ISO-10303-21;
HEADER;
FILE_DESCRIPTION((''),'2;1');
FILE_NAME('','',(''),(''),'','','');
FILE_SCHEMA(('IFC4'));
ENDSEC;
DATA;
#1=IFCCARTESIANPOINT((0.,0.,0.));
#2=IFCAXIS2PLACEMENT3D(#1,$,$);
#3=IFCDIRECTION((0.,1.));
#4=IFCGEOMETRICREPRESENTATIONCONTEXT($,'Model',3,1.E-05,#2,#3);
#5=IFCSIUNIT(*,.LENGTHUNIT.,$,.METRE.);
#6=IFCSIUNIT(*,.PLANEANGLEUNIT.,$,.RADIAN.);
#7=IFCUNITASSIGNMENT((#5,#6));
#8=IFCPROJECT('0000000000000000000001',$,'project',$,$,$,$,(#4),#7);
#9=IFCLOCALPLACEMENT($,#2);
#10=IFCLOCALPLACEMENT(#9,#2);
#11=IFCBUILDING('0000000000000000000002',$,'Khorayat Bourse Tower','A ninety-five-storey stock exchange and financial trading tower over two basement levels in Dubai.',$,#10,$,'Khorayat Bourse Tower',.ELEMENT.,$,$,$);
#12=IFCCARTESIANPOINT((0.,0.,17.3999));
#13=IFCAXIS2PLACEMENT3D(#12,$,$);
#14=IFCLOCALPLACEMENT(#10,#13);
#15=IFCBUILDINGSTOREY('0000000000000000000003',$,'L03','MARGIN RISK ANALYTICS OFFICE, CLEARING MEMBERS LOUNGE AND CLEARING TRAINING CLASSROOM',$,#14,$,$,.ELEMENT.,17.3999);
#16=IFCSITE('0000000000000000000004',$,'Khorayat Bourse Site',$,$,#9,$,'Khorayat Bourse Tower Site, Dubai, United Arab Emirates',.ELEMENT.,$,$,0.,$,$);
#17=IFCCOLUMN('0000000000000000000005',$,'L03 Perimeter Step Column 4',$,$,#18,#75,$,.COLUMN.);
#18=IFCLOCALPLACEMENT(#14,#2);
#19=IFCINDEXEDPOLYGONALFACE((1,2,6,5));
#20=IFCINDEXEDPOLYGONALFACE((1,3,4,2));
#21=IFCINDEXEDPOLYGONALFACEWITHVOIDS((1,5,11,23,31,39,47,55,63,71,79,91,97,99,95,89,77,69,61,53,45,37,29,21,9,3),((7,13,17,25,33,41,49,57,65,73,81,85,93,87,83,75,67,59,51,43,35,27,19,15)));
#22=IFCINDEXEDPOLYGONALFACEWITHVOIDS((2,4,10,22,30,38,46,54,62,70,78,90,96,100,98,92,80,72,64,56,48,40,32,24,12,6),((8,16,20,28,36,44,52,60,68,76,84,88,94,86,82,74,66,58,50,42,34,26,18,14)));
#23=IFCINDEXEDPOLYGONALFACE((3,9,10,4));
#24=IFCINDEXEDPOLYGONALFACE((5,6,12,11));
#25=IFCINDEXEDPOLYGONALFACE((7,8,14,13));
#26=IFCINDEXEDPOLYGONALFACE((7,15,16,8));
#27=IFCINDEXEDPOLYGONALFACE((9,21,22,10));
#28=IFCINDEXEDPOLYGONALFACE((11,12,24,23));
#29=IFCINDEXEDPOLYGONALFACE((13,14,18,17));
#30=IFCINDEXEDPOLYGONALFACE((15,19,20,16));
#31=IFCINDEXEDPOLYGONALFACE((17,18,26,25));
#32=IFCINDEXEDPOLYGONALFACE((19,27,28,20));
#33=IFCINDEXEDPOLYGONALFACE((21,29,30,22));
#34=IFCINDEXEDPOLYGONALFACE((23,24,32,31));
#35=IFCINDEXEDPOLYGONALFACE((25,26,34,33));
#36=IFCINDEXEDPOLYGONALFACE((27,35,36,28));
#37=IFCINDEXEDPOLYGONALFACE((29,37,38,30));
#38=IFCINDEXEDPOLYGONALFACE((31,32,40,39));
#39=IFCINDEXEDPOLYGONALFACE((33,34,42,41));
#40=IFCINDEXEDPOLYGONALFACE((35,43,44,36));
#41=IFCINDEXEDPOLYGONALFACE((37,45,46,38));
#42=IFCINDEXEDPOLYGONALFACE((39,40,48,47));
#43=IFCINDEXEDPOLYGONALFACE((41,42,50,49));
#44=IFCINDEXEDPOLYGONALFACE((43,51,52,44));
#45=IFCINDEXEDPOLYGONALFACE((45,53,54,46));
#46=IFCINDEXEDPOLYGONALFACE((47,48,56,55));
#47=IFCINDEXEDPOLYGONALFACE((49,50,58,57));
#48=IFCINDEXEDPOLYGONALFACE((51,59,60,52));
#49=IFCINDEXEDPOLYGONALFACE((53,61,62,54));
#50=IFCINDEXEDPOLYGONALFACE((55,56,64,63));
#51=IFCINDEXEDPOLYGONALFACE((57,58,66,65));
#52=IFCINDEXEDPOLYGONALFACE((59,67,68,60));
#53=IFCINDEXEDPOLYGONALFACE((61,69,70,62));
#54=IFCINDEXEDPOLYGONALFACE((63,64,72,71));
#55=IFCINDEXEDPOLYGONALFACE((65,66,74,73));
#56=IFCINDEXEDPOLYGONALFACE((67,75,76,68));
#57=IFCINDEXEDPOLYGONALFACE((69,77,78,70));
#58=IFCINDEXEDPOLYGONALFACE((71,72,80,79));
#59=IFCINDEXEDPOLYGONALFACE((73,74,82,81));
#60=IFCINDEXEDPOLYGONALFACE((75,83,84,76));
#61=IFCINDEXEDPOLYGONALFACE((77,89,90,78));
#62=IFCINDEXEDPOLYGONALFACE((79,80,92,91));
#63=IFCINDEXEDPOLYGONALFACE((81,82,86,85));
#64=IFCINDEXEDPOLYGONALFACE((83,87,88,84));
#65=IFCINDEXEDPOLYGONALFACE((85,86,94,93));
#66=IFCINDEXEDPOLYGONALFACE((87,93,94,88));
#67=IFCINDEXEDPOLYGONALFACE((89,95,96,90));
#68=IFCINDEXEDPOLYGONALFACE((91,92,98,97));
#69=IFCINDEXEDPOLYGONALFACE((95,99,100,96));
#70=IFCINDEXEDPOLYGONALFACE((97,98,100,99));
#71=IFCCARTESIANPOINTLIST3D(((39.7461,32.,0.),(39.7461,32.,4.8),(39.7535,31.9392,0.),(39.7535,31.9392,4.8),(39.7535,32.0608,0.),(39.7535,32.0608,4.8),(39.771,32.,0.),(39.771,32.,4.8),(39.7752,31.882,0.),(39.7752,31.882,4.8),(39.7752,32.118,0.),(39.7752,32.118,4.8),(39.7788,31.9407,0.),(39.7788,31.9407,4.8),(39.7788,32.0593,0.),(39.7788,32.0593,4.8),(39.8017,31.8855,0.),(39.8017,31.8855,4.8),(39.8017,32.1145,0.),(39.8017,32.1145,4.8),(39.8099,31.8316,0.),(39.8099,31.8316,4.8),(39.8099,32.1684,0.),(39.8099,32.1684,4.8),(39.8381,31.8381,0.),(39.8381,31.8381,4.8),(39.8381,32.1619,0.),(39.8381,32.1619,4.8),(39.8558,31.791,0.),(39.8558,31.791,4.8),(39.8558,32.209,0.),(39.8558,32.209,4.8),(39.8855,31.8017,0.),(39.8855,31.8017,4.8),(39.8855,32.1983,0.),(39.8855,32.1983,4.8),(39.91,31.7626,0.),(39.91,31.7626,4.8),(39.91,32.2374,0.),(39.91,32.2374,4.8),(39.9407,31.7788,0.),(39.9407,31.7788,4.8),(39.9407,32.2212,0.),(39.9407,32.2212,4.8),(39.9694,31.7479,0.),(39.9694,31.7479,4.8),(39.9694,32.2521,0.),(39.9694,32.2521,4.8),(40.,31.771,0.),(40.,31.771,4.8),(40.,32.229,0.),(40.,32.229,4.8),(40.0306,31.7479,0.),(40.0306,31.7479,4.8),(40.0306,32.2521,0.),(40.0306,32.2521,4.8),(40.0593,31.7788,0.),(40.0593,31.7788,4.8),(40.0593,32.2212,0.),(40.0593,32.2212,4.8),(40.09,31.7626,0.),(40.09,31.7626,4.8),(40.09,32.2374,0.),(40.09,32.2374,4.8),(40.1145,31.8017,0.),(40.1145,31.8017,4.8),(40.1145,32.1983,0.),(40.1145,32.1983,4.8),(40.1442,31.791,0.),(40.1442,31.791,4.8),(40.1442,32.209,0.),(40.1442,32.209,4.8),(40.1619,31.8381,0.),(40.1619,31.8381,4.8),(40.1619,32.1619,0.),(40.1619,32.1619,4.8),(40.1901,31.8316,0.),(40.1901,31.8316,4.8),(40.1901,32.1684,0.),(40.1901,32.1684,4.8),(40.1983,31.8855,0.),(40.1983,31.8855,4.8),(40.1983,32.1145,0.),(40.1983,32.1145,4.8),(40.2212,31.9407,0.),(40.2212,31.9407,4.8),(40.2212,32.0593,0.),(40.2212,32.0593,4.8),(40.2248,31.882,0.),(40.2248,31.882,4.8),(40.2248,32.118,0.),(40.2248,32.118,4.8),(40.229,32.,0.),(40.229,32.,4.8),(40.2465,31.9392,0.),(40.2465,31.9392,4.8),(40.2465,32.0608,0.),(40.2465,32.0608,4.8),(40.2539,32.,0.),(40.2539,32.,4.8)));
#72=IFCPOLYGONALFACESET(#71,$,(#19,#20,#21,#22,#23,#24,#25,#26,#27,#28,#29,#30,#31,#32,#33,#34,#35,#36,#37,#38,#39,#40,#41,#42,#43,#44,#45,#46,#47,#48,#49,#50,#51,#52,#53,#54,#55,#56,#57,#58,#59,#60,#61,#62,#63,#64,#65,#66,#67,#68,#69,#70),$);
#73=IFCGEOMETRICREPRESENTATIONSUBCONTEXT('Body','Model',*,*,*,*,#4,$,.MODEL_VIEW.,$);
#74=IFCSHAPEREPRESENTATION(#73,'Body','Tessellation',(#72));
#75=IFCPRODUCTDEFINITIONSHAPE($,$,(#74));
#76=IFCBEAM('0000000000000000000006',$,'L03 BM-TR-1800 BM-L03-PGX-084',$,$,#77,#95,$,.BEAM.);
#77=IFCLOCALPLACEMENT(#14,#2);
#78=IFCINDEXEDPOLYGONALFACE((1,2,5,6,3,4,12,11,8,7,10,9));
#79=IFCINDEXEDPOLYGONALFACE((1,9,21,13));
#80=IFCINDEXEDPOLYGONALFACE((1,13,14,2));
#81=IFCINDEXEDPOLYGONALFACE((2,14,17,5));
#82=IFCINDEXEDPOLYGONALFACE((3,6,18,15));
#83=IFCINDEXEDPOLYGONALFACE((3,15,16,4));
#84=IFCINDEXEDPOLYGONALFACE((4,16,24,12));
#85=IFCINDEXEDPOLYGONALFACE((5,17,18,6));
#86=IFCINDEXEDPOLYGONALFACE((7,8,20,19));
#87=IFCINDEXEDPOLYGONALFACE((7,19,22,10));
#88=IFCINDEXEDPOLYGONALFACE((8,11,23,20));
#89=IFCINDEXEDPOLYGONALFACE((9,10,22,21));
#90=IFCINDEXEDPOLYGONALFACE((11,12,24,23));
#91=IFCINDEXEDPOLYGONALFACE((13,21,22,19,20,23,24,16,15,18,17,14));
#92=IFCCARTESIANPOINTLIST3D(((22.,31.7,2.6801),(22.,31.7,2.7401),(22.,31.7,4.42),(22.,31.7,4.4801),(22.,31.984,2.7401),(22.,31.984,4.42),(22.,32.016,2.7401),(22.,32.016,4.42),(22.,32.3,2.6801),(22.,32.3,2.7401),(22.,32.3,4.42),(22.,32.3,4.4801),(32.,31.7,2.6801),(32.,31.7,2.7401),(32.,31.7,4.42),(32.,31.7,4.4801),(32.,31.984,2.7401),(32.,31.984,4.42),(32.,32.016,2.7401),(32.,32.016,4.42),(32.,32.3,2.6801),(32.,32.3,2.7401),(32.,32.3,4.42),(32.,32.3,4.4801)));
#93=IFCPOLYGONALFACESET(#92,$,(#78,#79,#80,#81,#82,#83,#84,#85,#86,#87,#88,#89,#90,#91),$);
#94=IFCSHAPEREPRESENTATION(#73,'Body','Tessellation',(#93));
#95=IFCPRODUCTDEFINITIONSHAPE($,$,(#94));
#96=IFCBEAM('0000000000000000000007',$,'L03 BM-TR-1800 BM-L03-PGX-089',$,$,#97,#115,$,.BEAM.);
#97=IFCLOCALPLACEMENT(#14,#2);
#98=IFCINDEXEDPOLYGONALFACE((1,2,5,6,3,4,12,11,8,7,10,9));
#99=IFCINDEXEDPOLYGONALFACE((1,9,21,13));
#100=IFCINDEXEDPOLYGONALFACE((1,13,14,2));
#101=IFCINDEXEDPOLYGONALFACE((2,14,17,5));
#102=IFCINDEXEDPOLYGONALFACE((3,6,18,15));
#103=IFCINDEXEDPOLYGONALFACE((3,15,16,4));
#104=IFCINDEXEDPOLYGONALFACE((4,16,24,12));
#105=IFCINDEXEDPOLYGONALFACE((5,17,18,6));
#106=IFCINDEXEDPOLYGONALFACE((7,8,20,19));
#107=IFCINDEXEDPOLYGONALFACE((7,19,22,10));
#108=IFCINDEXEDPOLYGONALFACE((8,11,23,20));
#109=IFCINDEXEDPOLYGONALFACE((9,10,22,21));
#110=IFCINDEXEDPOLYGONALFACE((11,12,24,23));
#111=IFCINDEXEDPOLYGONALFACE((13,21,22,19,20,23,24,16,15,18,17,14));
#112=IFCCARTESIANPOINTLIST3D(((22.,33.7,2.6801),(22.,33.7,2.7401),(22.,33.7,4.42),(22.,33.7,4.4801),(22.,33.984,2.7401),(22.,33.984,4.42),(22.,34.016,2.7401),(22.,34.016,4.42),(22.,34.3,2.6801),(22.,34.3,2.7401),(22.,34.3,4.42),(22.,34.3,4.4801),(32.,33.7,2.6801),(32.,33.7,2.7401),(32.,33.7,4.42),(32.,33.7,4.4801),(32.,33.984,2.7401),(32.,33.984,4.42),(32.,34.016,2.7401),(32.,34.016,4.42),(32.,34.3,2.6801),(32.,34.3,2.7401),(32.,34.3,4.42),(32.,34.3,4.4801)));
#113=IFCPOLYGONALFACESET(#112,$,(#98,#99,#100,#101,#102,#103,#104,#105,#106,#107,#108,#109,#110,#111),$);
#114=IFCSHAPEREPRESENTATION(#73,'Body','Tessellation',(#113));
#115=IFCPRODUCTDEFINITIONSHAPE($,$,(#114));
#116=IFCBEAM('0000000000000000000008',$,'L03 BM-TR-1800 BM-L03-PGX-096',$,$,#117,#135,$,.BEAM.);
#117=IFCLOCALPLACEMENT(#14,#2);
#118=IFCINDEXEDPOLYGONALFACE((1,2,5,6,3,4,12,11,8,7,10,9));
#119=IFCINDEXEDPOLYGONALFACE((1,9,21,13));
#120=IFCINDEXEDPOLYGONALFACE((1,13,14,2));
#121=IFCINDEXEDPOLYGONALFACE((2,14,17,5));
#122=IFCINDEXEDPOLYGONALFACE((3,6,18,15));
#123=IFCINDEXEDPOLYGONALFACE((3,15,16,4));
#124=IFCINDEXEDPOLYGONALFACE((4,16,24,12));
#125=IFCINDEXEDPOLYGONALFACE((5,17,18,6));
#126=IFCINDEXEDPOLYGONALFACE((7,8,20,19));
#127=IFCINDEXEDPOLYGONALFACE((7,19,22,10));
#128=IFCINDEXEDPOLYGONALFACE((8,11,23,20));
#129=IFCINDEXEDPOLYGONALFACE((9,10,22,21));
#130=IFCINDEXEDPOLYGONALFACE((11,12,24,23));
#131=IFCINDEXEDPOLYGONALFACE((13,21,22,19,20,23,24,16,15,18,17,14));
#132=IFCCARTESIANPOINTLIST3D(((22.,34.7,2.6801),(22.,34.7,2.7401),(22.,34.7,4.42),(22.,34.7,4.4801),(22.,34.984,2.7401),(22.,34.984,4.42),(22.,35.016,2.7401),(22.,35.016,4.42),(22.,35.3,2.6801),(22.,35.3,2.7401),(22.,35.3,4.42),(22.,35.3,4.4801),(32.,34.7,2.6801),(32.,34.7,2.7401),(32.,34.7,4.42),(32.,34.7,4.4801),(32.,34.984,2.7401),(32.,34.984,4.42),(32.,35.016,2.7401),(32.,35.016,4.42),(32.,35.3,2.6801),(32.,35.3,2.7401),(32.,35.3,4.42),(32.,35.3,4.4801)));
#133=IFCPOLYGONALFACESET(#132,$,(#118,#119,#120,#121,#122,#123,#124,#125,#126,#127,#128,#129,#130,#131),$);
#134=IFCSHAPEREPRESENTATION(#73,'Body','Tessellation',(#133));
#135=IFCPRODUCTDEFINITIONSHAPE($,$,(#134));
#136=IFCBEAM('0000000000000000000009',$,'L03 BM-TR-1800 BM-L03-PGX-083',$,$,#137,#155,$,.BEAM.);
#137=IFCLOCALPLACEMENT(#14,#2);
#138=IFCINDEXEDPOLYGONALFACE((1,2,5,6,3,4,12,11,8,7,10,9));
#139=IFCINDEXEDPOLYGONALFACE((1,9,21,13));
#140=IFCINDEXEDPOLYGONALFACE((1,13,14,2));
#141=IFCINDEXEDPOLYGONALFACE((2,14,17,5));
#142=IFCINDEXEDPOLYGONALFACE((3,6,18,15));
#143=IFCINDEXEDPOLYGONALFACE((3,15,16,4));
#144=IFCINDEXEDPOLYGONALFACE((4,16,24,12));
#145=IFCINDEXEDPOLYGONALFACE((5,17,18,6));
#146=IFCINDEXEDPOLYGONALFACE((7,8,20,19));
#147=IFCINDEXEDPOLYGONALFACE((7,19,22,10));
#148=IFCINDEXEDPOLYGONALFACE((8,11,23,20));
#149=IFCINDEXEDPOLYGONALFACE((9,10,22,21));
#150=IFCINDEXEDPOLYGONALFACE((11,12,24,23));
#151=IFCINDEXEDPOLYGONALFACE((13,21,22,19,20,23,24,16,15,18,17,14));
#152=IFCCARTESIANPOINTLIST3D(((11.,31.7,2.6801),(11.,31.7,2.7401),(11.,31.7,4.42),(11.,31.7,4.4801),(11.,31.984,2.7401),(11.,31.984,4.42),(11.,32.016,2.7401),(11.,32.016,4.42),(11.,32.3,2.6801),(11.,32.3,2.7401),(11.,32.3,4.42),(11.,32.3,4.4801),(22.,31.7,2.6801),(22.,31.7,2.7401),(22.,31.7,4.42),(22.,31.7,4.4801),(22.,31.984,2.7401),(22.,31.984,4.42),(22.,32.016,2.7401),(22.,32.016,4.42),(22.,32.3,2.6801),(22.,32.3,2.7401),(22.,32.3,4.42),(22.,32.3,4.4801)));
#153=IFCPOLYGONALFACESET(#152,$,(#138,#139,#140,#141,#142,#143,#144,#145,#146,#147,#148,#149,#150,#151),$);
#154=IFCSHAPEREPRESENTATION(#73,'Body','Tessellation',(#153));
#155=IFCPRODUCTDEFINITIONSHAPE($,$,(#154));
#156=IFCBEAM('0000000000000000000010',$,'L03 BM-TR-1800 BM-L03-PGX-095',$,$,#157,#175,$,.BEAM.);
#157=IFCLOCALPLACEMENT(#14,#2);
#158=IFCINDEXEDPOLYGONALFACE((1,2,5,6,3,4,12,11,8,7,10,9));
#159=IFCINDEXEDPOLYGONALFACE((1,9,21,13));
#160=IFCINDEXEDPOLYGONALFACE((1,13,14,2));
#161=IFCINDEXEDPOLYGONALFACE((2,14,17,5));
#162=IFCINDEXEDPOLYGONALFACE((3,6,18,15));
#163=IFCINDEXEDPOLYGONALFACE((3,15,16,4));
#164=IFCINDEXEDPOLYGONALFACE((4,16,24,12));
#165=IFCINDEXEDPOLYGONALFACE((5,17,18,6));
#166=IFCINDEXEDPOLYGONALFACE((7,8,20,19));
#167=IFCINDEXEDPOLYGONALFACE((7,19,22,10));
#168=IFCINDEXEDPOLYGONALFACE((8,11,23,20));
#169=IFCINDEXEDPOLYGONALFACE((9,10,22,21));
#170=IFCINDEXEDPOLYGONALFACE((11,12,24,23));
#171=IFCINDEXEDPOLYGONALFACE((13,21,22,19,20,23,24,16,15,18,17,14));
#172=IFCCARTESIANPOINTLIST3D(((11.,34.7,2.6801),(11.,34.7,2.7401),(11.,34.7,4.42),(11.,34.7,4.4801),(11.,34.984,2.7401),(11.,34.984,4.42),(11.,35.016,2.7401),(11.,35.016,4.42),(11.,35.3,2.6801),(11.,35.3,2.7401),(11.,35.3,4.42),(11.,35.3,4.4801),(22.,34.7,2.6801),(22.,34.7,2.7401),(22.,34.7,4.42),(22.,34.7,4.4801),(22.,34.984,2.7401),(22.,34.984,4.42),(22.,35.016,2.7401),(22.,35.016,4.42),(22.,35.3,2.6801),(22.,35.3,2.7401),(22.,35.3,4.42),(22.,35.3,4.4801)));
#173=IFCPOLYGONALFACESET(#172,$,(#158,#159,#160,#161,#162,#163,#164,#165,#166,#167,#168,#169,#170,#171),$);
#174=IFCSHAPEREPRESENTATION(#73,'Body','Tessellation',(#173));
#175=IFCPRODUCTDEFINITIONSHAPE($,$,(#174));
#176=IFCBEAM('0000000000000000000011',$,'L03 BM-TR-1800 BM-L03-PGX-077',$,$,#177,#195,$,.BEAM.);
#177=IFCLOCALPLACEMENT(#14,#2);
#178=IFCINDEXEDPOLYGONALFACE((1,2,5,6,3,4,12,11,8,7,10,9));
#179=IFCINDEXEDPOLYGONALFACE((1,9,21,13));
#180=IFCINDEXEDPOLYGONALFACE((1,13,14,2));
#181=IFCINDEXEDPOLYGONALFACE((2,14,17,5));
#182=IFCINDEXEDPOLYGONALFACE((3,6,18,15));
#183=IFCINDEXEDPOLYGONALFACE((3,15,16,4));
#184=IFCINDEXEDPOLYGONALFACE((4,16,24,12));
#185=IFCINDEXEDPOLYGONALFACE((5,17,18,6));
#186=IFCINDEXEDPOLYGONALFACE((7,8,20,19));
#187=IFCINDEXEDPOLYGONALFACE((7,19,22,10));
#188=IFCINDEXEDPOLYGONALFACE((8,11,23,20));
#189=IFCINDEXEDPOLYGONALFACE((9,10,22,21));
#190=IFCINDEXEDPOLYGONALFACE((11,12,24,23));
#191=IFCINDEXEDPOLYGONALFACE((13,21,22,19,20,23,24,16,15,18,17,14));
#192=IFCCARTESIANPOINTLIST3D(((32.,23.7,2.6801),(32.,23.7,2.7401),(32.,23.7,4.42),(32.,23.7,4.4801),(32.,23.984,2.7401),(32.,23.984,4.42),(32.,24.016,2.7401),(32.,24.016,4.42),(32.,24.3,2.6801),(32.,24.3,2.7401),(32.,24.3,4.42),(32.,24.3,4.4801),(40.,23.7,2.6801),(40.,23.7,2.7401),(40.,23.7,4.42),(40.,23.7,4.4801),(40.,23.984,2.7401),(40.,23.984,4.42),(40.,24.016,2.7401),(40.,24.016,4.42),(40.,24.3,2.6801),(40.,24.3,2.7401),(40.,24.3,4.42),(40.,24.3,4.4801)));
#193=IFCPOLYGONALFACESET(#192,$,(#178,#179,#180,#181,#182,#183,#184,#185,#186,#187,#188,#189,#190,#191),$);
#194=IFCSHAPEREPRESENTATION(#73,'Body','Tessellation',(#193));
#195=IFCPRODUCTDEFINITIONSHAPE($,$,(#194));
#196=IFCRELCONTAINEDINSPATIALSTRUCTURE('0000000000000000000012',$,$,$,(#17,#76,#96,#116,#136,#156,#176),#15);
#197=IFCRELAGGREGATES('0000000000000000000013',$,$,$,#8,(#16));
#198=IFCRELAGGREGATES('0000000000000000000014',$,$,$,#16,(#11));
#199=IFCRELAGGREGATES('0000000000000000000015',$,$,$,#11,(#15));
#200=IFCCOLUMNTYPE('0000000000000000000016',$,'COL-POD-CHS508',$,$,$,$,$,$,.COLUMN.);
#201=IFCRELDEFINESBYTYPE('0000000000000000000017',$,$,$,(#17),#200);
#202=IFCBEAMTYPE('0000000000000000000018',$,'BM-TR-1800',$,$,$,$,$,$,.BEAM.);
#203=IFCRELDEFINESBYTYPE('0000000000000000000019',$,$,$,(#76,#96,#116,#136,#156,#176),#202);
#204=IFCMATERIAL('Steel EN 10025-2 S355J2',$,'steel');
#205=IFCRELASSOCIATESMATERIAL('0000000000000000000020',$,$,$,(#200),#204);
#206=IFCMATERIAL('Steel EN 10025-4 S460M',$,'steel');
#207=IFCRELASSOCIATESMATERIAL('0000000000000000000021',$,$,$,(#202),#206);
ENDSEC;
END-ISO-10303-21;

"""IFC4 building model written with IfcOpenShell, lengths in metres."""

from ifc_helpers import new_model, si_unit, direction, frame, origin, origin_2d, place, context, subcontext, project, spatial, hollow_circle, i_section, extrude, source, transform, mapped, material, material_profile, profile_set, type_object, element, save


model = new_model("IFC4")

# Units and contexts
model_context = context("Model", 3, precision=1e-05, world=origin(), true_north=direction((0.0, 1.0)))
body_context = subcontext(model_context, "Body", "Model", "MODEL_VIEW")
ifc_project = project(units=[si_unit("LENGTHUNIT", "METRE"), si_unit("PLANEANGLEUNIT", "RADIAN")], contexts=[model_context])

# Site, building, storey
site_placement = place(None, origin())
site = spatial("IfcSite", under=ifc_project, at=site_placement, Name="Khorayat Bourse Site", LongName="Khorayat Bourse Tower Site, Dubai, United Arab Emirates", CompositionType="ELEMENT", RefElevation=0.0)
building_placement = place(site_placement, origin())
building = spatial("IfcBuilding", under=site, at=building_placement, Name="Khorayat Bourse Tower", Description="A ninety-five-storey stock exchange and financial trading tower over two basement levels in Dubai.", LongName="Khorayat Bourse Tower", CompositionType="ELEMENT")
storey_placement = place(building_placement, frame((0.0, 0.0, 17.3999)))
storey = spatial("IfcBuildingStorey", under=building, at=storey_placement, Name="L03", Description="MARGIN RISK ANALYTICS OFFICE, CLEARING MEMBERS LOUNGE AND CLEARING TRAINING CLASSROOM", CompositionType="ELEMENT", Elevation=17.3999)

# Column
ifc_material_1 = material(Name="Steel EN 10025-2 S355J2", Category="steel")
ifc_material_profile_1 = material_profile(ifc_material_1, hollow_circle(Radius=0.2539, WallThickness=0.0249, at=origin_2d()), Name="CHS 508x25")
ifc_profile_set_1 = profile_set([ifc_material_profile_1], Name="Steel EN 10025-2 S355J2")
column_type_1 = type_object("IfcColumnType", Name="COL-POD-CHS508", PredefinedType="COLUMN", material=ifc_profile_set_1)
shared_shape_1 = source(origin(), body_context, "Body", "SweptSolid", [
    extrude(hollow_circle(Radius=0.2539, WallThickness=0.0249, at=origin_2d()), origin(), (0.0, 0.0, 1.0), 4.8),
])
for number, where, z_axis, x_axis, name in (
    (1, (40.0, 32.0, 0.0), (0.0, 0.0, 1.0), (1.0, 0.0, 0.0), "L03 Perimeter Step Column 4"),
):
    element("IfcColumn", number, at=place(storey_placement, frame(where, z_axis=z_axis, x_axis=x_axis)), inside=storey, type_object=column_type_1, Name=name, PredefinedType="COLUMN", context=body_context, shape_type="MappedRepresentation", body=[
        mapped(shared_shape_1, transform((0.0, 0.0, 0.0), scale=1.0)),
    ])

# Beams
ifc_material_2 = material(Name="Steel EN 10025-4 S460M", Category="steel")
ifc_material_profile_2 = material_profile(ifc_material_2, i_section(OverallWidth=0.6001, OverallDepth=1.8, WebThickness=0.032, FlangeThickness=0.0601, at=origin_2d()), Name="PG 1800x600x32x60")
ifc_profile_set_2 = profile_set([ifc_material_profile_2], Name="Steel EN 10025-4 S460M")
beam_type_1 = type_object("IfcBeamType", Name="BM-TR-1800", PredefinedType="BEAM", material=ifc_profile_set_2)
shared_shape_2 = source(origin(), body_context, "Body", "SweptSolid", [
    extrude(i_section(OverallWidth=0.6001, OverallDepth=1.8, WebThickness=0.032, FlangeThickness=0.0601, at=origin_2d()), origin(), (0.0, 0.0, 1.0), 10.0),
])
for number, where, z_axis, x_axis, name in (
    (2, (22.0, 32.0, 3.5801), (1.0, 0.0, 0.0), (0.0, 1.0, 0.0), "L03 BM-TR-1800 BM-L03-PGX-084"),
    (3, (22.0, 34.0, 3.5801), (1.0, 0.0, 0.0), (0.0, 1.0, 0.0), "L03 BM-TR-1800 BM-L03-PGX-089"),
    (4, (22.0, 35.0, 3.5801), (1.0, 0.0, 0.0), (0.0, 1.0, 0.0), "L03 BM-TR-1800 BM-L03-PGX-096"),
):
    element("IfcBeam", number, at=place(storey_placement, frame(where, z_axis=z_axis, x_axis=x_axis)), inside=storey, type_object=beam_type_1, Name=name, PredefinedType="BEAM", context=body_context, shape_type="MappedRepresentation", body=[
        mapped(shared_shape_2, transform((0.0, 0.0, 0.0), scale=1.0)),
    ])
shared_shape_3 = source(origin(), body_context, "Body", "SweptSolid", [
    extrude(i_section(OverallWidth=0.6001, OverallDepth=1.8, WebThickness=0.032, FlangeThickness=0.0601, at=origin_2d()), origin(), (0.0, 0.0, 1.0), 11.0),
])
for number, where, z_axis, x_axis, name in (
    (5, (11.0, 32.0, 3.5801), (1.0, 0.0, 0.0), (0.0, 1.0, 0.0), "L03 BM-TR-1800 BM-L03-PGX-083"),
    (6, (11.0, 35.0, 3.5801), (1.0, 0.0, 0.0), (0.0, 1.0, 0.0), "L03 BM-TR-1800 BM-L03-PGX-095"),
):
    element("IfcBeam", number, at=place(storey_placement, frame(where, z_axis=z_axis, x_axis=x_axis)), inside=storey, type_object=beam_type_1, Name=name, PredefinedType="BEAM", context=body_context, shape_type="MappedRepresentation", body=[
        mapped(shared_shape_3, transform((0.0, 0.0, 0.0), scale=1.0)),
    ])
shared_shape_4 = source(origin(), body_context, "Body", "SweptSolid", [
    extrude(i_section(OverallWidth=0.6001, OverallDepth=1.8, WebThickness=0.032, FlangeThickness=0.0601, at=origin_2d()), origin(), (0.0, 0.0, 1.0), 8.0),
])
for number, where, z_axis, x_axis, name in (
    (7, (32.0, 24.0, 3.5801), (1.0, 0.0, 0.0), (0.0, 1.0, 0.0), "L03 BM-TR-1800 BM-L03-PGX-077"),
):
    element("IfcBeam", number, at=place(storey_placement, frame(where, z_axis=z_axis, x_axis=x_axis)), inside=storey, type_object=beam_type_1, Name=name, PredefinedType="BEAM", context=body_context, shape_type="MappedRepresentation", body=[
        mapped(shared_shape_4, transform((0.0, 0.0, 0.0), scale=1.0)),
    ])

save(model, "model.ifc")
